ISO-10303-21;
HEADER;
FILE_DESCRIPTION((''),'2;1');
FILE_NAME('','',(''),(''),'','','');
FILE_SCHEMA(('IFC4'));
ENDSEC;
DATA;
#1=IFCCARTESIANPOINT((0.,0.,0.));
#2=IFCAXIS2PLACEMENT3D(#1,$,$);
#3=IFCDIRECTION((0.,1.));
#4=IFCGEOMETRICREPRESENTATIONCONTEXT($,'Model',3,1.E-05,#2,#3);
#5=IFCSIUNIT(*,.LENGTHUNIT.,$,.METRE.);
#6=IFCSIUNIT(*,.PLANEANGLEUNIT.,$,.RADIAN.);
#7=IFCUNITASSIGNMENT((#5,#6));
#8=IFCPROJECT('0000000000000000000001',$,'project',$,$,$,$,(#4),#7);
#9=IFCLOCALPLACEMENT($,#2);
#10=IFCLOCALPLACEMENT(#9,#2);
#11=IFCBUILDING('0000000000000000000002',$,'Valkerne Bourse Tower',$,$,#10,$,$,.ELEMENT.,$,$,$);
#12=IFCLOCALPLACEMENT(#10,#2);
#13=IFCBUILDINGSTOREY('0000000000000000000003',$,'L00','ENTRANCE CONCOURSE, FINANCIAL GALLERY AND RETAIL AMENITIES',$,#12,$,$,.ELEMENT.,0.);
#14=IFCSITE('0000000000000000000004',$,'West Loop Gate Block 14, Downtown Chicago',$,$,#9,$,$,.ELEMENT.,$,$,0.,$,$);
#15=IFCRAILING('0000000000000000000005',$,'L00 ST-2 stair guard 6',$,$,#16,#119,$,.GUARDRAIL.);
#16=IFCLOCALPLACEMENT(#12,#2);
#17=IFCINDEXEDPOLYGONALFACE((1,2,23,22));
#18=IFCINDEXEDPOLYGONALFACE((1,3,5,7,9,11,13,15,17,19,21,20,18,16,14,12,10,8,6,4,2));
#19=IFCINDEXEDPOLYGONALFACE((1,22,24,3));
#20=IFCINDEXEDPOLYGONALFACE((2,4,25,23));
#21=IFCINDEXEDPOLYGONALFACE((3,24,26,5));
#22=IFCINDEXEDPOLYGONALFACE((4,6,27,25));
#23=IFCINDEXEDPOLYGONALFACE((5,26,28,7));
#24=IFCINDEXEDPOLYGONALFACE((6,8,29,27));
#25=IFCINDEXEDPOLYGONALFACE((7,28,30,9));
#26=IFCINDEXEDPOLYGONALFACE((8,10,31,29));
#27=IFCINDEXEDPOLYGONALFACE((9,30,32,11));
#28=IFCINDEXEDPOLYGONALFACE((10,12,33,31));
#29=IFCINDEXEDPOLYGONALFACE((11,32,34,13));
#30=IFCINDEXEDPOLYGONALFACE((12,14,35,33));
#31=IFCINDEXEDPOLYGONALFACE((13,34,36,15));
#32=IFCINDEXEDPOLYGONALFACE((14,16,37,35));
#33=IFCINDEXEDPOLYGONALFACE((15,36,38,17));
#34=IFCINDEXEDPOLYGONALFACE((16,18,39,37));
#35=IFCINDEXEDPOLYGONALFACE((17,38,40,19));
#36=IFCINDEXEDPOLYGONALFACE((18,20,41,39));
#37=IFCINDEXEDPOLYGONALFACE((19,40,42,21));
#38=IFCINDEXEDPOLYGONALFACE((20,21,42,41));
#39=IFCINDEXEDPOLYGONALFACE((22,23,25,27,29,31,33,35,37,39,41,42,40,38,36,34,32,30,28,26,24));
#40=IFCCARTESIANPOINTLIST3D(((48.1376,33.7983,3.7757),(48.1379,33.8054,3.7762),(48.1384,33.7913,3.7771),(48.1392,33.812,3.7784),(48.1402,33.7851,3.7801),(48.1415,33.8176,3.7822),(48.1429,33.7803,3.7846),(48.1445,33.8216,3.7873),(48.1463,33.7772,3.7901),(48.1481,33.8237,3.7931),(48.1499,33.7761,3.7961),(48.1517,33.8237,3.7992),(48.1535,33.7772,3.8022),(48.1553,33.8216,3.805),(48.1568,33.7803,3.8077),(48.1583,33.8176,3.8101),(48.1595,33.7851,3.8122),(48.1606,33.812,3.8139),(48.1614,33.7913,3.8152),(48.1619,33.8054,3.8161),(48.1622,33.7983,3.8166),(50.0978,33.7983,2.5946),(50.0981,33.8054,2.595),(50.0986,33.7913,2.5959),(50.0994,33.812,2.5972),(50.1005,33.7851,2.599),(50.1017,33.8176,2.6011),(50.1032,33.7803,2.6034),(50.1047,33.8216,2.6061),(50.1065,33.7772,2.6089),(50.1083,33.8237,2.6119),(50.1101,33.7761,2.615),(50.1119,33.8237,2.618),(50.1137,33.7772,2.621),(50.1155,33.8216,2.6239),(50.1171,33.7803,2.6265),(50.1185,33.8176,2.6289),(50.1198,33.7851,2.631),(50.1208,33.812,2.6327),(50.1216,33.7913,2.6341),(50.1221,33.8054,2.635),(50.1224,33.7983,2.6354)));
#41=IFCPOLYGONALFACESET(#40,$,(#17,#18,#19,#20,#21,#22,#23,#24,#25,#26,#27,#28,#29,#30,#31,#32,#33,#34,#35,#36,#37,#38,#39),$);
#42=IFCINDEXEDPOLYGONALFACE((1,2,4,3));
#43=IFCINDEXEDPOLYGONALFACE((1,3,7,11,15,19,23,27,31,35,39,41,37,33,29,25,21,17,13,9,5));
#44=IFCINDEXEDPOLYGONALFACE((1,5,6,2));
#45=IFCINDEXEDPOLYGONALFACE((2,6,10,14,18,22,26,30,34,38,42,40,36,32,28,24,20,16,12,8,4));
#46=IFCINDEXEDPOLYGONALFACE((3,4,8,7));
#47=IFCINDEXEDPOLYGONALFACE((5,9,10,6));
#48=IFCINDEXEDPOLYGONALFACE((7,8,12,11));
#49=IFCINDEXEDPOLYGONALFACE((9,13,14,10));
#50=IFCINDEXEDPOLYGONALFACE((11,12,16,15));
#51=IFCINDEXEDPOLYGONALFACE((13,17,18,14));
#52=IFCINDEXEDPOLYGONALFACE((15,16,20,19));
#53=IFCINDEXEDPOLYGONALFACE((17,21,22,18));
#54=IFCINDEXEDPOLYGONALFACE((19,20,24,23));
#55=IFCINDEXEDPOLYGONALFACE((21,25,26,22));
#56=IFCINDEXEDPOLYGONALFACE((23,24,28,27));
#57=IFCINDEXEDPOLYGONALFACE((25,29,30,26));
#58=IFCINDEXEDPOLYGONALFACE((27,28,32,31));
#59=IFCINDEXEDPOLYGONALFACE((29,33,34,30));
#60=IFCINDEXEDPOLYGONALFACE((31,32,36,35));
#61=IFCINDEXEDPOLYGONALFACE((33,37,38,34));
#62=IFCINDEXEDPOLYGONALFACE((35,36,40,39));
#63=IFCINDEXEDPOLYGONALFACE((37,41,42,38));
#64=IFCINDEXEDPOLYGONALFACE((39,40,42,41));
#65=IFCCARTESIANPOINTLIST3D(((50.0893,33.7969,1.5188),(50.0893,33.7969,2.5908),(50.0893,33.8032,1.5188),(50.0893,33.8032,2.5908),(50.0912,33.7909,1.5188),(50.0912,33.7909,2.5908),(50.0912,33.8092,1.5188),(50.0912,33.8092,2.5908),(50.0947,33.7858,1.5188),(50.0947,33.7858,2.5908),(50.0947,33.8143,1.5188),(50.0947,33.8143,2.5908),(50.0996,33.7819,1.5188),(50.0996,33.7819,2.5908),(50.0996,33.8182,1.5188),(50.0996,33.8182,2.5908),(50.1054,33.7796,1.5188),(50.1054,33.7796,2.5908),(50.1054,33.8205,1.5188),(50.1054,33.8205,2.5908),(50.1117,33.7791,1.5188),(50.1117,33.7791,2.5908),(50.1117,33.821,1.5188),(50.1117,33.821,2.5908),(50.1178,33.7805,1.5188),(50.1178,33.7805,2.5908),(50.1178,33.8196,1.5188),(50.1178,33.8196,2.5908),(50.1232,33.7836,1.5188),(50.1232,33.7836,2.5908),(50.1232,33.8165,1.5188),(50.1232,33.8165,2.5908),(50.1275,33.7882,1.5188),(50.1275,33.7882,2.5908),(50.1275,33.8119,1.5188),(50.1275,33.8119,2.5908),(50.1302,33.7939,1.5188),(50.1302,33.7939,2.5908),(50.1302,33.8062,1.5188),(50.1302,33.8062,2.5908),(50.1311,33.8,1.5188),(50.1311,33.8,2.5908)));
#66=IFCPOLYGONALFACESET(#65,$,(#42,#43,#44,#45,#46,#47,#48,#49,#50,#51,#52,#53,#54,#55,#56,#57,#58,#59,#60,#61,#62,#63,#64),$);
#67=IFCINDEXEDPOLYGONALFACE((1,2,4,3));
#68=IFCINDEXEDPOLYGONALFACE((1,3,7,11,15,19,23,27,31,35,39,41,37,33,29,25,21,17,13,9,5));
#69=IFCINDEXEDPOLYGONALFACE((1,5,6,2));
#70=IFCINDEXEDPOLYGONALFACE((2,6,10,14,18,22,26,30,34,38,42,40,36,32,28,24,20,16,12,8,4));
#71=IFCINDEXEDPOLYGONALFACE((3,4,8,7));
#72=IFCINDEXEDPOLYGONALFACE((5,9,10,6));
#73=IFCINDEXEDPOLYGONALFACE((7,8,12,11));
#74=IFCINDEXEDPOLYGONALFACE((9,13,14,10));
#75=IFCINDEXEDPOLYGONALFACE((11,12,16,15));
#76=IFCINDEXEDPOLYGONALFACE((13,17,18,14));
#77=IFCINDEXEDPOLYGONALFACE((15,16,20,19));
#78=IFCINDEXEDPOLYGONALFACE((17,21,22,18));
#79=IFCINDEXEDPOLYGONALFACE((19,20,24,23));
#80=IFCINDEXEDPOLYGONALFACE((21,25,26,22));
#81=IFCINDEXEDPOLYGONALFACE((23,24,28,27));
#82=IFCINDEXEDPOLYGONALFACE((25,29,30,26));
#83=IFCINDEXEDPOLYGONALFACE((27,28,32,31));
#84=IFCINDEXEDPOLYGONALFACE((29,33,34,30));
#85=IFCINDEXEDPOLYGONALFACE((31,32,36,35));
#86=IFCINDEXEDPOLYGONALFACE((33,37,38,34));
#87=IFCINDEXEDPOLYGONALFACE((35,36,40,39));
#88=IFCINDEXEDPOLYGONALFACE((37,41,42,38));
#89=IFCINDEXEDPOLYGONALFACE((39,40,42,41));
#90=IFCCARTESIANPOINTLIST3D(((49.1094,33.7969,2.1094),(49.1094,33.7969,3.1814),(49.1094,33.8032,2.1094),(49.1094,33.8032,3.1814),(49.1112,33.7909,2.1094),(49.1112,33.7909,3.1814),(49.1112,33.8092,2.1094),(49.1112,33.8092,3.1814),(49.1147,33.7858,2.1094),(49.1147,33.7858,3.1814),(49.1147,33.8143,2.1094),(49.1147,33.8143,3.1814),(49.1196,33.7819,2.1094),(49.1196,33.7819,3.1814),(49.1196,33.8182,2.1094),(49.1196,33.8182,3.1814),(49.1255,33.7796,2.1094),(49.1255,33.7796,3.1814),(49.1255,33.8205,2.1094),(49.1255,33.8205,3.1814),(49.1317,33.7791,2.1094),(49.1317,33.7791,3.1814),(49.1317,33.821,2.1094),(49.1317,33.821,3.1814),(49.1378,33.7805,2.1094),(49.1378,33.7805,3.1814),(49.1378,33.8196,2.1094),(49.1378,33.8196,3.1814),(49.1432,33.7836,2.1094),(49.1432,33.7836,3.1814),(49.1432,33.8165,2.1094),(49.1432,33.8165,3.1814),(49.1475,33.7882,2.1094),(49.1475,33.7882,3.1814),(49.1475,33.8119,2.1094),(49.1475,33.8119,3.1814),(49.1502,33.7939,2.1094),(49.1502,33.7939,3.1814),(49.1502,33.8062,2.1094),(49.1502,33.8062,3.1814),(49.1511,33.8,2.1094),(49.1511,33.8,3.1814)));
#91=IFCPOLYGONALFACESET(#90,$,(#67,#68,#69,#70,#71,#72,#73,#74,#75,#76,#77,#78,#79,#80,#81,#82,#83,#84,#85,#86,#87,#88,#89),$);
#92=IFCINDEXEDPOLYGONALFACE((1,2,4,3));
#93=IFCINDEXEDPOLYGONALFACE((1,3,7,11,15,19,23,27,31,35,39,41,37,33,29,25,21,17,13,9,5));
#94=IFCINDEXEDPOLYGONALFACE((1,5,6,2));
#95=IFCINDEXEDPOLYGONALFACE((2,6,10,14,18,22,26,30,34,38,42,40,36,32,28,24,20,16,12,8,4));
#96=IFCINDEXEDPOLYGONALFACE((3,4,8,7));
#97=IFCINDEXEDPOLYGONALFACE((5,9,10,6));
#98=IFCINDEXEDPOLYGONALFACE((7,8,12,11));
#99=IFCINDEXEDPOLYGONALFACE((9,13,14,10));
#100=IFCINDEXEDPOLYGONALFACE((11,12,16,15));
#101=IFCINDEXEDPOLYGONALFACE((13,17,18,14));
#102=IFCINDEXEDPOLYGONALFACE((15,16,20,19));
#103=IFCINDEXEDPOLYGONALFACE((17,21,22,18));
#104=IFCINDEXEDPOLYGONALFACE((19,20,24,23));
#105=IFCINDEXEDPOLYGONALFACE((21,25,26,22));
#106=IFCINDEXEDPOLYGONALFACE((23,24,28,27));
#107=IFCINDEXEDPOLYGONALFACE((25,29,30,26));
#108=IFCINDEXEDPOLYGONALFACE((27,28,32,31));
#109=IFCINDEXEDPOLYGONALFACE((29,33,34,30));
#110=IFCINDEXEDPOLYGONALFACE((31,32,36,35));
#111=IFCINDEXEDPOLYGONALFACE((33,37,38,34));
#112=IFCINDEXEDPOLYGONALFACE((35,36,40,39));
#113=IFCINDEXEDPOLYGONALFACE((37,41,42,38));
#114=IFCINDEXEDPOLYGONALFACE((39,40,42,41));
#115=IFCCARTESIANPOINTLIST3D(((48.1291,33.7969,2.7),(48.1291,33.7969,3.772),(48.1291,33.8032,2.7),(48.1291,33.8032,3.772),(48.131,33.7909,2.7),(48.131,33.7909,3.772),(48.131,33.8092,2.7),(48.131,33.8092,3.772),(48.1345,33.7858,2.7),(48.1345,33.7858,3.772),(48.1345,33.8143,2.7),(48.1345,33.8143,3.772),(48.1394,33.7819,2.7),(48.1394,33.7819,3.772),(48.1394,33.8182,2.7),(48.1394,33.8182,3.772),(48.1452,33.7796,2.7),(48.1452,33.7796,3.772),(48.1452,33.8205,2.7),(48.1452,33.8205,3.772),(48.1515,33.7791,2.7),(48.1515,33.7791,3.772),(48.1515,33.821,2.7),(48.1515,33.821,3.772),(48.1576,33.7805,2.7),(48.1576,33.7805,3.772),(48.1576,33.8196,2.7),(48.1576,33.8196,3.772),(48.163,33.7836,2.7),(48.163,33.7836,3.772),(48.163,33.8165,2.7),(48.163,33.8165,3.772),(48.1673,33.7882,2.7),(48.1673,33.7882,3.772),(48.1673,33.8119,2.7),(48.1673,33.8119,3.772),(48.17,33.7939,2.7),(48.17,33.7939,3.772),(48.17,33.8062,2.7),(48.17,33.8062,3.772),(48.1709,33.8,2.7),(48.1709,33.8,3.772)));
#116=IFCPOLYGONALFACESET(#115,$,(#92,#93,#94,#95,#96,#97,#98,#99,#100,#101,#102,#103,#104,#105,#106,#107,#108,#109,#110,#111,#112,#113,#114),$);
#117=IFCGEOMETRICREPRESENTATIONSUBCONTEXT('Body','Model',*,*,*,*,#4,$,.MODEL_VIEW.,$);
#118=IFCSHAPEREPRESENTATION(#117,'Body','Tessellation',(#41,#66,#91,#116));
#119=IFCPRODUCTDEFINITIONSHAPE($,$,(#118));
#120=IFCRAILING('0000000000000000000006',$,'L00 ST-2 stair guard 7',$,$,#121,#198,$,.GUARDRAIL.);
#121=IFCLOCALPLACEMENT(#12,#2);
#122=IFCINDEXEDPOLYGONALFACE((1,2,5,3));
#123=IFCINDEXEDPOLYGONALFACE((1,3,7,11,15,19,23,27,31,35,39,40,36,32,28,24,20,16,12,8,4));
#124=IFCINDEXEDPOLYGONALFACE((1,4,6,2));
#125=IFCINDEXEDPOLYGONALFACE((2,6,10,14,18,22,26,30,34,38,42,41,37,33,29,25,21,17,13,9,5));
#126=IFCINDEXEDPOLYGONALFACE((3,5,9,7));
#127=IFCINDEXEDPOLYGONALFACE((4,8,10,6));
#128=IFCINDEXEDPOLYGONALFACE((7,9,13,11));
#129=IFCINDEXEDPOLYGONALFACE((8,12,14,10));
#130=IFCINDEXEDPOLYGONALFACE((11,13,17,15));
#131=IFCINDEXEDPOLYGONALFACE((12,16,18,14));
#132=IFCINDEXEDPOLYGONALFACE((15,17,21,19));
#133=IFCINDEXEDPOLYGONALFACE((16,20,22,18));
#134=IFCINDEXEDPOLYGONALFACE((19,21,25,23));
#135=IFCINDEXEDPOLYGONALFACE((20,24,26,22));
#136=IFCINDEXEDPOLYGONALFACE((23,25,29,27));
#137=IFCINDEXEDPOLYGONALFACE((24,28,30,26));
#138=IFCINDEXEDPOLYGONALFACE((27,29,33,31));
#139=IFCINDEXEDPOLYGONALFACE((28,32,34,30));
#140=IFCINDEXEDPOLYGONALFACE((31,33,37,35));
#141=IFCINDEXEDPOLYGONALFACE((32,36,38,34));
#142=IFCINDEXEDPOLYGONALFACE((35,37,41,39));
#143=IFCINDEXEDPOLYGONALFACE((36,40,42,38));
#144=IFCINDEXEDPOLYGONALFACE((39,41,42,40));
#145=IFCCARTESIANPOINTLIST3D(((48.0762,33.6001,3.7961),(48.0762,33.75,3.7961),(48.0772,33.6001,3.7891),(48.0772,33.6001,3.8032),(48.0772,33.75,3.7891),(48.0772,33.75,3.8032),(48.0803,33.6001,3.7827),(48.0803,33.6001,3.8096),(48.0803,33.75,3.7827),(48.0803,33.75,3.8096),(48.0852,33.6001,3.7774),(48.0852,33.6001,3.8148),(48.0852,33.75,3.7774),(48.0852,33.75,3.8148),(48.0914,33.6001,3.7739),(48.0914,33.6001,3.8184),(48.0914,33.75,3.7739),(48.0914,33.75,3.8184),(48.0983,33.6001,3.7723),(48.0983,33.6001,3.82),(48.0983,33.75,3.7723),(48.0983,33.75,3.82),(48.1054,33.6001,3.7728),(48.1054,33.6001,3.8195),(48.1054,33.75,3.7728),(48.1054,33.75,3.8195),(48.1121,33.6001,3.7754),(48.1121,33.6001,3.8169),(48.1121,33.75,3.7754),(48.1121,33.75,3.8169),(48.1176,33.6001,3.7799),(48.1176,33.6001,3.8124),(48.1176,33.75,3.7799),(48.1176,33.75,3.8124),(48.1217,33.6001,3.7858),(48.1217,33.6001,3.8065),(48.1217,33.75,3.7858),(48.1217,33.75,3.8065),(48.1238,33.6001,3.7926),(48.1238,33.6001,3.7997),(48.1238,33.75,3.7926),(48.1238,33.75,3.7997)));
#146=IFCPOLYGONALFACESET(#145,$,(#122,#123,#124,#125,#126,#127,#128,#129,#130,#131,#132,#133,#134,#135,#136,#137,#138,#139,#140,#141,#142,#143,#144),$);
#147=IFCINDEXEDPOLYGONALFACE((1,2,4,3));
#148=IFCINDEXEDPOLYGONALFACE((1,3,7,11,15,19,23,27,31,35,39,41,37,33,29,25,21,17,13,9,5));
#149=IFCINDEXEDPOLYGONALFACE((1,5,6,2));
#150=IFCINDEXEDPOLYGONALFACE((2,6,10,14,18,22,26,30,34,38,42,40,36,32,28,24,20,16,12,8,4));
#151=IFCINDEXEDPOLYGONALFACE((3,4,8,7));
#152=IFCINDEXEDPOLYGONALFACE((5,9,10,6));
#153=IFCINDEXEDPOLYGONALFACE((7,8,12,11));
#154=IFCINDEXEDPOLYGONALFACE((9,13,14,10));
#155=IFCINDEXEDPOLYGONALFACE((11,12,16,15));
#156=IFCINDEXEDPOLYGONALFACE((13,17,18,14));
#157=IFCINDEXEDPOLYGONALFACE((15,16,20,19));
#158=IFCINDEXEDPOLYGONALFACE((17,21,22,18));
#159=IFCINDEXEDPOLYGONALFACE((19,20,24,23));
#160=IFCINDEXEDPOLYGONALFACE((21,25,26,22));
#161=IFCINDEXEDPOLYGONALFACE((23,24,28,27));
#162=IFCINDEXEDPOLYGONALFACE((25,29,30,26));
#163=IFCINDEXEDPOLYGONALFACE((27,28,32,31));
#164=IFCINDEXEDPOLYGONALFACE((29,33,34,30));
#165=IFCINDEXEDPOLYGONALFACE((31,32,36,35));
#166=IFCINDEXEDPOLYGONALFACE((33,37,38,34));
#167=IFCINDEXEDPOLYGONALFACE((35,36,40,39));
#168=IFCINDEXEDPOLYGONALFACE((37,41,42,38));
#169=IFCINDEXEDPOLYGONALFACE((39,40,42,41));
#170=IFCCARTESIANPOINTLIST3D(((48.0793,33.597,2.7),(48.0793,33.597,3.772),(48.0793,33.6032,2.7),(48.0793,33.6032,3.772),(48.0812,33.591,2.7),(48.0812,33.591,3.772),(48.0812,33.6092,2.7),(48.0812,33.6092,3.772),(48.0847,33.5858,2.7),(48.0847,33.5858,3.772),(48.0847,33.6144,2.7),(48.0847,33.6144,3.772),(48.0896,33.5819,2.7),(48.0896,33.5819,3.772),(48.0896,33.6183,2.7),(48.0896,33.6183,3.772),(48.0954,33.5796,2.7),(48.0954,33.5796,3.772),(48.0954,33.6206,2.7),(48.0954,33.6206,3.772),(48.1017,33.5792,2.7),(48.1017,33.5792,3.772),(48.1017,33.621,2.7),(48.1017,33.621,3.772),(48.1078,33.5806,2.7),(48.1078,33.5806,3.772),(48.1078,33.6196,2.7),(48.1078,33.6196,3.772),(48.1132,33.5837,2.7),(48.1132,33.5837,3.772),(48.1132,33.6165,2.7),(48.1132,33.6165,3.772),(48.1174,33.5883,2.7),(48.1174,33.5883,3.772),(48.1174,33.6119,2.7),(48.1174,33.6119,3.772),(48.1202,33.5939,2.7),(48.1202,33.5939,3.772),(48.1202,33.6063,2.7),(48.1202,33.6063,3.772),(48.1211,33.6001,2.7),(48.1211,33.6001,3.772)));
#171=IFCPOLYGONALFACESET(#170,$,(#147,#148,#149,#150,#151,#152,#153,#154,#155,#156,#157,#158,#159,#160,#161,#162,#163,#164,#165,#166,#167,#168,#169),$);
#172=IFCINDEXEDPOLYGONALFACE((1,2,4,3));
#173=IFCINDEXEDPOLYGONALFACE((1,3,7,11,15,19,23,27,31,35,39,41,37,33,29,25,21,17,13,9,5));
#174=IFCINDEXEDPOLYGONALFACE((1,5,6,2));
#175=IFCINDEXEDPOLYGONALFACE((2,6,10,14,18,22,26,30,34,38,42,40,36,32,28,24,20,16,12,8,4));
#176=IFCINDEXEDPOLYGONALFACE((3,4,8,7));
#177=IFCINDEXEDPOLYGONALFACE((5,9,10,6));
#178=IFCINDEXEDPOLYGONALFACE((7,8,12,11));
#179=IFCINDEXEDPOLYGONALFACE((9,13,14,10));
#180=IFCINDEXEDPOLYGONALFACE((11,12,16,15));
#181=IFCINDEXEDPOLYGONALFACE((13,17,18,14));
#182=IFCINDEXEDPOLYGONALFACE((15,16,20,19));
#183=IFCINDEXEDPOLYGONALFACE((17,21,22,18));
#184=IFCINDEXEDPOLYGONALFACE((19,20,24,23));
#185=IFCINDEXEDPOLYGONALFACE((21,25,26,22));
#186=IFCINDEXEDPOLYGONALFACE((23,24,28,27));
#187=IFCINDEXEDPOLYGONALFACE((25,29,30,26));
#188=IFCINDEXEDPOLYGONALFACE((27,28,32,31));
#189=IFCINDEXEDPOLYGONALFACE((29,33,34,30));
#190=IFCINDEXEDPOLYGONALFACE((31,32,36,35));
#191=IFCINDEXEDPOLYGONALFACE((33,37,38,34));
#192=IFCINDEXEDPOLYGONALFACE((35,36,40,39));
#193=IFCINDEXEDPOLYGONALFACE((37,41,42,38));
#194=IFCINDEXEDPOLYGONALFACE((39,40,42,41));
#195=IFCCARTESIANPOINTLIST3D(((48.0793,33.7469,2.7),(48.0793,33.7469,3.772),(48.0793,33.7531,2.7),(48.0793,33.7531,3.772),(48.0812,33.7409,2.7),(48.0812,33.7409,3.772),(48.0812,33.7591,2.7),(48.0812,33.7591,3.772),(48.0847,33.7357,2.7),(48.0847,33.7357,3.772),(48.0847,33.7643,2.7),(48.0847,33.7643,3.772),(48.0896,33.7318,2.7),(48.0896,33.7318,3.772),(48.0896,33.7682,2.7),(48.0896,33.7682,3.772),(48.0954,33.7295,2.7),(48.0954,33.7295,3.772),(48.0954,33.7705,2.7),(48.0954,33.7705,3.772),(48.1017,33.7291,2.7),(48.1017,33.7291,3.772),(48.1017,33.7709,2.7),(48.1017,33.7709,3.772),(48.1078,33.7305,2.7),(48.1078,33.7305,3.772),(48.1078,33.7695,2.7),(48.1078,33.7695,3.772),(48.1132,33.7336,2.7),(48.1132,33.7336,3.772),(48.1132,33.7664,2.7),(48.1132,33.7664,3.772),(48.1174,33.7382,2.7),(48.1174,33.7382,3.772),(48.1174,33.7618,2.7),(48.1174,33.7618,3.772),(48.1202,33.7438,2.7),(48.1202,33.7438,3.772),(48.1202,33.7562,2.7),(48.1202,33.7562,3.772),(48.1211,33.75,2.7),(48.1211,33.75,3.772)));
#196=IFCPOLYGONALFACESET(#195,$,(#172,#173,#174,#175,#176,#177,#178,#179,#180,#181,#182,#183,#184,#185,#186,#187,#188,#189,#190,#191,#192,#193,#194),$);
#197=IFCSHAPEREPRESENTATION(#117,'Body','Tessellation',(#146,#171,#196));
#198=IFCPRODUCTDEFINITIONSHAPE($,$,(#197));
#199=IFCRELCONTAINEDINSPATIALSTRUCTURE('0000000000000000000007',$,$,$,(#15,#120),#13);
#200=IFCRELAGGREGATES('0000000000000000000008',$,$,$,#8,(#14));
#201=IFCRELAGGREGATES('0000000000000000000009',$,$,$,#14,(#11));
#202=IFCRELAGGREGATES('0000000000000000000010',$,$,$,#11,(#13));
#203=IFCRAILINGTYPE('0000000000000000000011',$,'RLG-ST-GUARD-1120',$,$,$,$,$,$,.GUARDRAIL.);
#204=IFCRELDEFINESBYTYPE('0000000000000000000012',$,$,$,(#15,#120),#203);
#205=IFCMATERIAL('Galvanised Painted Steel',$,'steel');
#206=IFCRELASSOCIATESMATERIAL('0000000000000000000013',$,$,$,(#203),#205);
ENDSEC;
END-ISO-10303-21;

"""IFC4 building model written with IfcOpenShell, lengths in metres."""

from ifc_helpers import new_model, si_unit, direction, frame, origin, origin_2d, place, context, subcontext, project, spatial, circle, extrude, material, type_object, element, save


model = new_model("IFC4")

# Units and contexts
model_context = context("Model", 3, precision=1e-05, world=origin(), true_north=direction((0.0, 1.0)))
body_context = subcontext(model_context, "Body", "Model", "MODEL_VIEW")
ifc_project = project(units=[si_unit("LENGTHUNIT", "METRE"), si_unit("PLANEANGLEUNIT", "RADIAN")], contexts=[model_context])

# Site, building, storey
site_placement = place(None, origin())
site = spatial("IfcSite", under=ifc_project, at=site_placement, Name="West Loop Gate Block 14, Downtown Chicago", CompositionType="ELEMENT", RefElevation=0.0)
building_placement = place(site_placement, origin())
building = spatial("IfcBuilding", under=site, at=building_placement, Name="Valkerne Bourse Tower", CompositionType="ELEMENT")
storey_placement = place(building_placement, origin())
storey = spatial("IfcBuildingStorey", under=building, at=storey_placement, Name="L00", Description="ENTRANCE CONCOURSE, FINANCIAL GALLERY AND RETAIL AMENITIES", CompositionType="ELEMENT", Elevation=0.0)

# Railings
ifc_material_1 = material(Name="Galvanised Painted Steel", Category="steel")
railing_type_1 = type_object("IfcRailingType", Name="RLG-ST-GUARD-1120", PredefinedType="GUARDRAIL", material=ifc_material_1)
railing_1_placement = place(storey_placement, frame((50.1101, 33.8, 1.5188)))
element("IfcRailing", 1, at=railing_1_placement, inside=storey, type_object=railing_type_1, Name="L00 ST-2 stair guard 6", PredefinedType="GUARDRAIL", context=body_context, shape_type="SweptSolid", body=[
    extrude(circle(Radius=0.0239, at=origin_2d()), frame((0.0, 0.0, 1.0962), z_axis=(-0.856522, 0.0, 0.516111), x_axis=(0.0, -1.0, 0.0)), (0.0, 0.0, 1.0), 2.2886),
    extrude(circle(Radius=0.021, at=origin_2d()), origin(), (0.0, 0.0, 1.0), 1.072),
    extrude(circle(Radius=0.021, at=origin_2d()), frame((-0.98, 0.0, 0.5906)), (0.0, 0.0, 1.0), 1.072),
    extrude(circle(Radius=0.021, at=origin_2d()), frame((-1.9602, 0.0, 1.1812)), (0.0, 0.0, 1.0), 1.072),
])
railing_2_placement = place(storey_placement, frame((48.1001, 33.6001, 2.7)))
element("IfcRailing", 2, at=railing_2_placement, inside=storey, type_object=railing_type_1, Name="L00 ST-2 stair guard 7", PredefinedType="GUARDRAIL", context=body_context, shape_type="SweptSolid", body=[
    extrude(circle(Radius=0.0239, at=origin_2d()), frame((0.0, 0.0, 1.0962), z_axis=(0.0, 1.0, 0.0), x_axis=(-1.0, 0.0, 0.0)), (0.0, 0.0, 1.0), 0.1499),
    extrude(circle(Radius=0.021, at=origin_2d()), origin(), (0.0, 0.0, 1.0), 1.072),
    extrude(circle(Radius=0.021, at=origin_2d()), frame((0.0, 0.1499, 0.0)), (0.0, 0.0, 1.0), 1.072),
])

save(model, "model.ifc")
